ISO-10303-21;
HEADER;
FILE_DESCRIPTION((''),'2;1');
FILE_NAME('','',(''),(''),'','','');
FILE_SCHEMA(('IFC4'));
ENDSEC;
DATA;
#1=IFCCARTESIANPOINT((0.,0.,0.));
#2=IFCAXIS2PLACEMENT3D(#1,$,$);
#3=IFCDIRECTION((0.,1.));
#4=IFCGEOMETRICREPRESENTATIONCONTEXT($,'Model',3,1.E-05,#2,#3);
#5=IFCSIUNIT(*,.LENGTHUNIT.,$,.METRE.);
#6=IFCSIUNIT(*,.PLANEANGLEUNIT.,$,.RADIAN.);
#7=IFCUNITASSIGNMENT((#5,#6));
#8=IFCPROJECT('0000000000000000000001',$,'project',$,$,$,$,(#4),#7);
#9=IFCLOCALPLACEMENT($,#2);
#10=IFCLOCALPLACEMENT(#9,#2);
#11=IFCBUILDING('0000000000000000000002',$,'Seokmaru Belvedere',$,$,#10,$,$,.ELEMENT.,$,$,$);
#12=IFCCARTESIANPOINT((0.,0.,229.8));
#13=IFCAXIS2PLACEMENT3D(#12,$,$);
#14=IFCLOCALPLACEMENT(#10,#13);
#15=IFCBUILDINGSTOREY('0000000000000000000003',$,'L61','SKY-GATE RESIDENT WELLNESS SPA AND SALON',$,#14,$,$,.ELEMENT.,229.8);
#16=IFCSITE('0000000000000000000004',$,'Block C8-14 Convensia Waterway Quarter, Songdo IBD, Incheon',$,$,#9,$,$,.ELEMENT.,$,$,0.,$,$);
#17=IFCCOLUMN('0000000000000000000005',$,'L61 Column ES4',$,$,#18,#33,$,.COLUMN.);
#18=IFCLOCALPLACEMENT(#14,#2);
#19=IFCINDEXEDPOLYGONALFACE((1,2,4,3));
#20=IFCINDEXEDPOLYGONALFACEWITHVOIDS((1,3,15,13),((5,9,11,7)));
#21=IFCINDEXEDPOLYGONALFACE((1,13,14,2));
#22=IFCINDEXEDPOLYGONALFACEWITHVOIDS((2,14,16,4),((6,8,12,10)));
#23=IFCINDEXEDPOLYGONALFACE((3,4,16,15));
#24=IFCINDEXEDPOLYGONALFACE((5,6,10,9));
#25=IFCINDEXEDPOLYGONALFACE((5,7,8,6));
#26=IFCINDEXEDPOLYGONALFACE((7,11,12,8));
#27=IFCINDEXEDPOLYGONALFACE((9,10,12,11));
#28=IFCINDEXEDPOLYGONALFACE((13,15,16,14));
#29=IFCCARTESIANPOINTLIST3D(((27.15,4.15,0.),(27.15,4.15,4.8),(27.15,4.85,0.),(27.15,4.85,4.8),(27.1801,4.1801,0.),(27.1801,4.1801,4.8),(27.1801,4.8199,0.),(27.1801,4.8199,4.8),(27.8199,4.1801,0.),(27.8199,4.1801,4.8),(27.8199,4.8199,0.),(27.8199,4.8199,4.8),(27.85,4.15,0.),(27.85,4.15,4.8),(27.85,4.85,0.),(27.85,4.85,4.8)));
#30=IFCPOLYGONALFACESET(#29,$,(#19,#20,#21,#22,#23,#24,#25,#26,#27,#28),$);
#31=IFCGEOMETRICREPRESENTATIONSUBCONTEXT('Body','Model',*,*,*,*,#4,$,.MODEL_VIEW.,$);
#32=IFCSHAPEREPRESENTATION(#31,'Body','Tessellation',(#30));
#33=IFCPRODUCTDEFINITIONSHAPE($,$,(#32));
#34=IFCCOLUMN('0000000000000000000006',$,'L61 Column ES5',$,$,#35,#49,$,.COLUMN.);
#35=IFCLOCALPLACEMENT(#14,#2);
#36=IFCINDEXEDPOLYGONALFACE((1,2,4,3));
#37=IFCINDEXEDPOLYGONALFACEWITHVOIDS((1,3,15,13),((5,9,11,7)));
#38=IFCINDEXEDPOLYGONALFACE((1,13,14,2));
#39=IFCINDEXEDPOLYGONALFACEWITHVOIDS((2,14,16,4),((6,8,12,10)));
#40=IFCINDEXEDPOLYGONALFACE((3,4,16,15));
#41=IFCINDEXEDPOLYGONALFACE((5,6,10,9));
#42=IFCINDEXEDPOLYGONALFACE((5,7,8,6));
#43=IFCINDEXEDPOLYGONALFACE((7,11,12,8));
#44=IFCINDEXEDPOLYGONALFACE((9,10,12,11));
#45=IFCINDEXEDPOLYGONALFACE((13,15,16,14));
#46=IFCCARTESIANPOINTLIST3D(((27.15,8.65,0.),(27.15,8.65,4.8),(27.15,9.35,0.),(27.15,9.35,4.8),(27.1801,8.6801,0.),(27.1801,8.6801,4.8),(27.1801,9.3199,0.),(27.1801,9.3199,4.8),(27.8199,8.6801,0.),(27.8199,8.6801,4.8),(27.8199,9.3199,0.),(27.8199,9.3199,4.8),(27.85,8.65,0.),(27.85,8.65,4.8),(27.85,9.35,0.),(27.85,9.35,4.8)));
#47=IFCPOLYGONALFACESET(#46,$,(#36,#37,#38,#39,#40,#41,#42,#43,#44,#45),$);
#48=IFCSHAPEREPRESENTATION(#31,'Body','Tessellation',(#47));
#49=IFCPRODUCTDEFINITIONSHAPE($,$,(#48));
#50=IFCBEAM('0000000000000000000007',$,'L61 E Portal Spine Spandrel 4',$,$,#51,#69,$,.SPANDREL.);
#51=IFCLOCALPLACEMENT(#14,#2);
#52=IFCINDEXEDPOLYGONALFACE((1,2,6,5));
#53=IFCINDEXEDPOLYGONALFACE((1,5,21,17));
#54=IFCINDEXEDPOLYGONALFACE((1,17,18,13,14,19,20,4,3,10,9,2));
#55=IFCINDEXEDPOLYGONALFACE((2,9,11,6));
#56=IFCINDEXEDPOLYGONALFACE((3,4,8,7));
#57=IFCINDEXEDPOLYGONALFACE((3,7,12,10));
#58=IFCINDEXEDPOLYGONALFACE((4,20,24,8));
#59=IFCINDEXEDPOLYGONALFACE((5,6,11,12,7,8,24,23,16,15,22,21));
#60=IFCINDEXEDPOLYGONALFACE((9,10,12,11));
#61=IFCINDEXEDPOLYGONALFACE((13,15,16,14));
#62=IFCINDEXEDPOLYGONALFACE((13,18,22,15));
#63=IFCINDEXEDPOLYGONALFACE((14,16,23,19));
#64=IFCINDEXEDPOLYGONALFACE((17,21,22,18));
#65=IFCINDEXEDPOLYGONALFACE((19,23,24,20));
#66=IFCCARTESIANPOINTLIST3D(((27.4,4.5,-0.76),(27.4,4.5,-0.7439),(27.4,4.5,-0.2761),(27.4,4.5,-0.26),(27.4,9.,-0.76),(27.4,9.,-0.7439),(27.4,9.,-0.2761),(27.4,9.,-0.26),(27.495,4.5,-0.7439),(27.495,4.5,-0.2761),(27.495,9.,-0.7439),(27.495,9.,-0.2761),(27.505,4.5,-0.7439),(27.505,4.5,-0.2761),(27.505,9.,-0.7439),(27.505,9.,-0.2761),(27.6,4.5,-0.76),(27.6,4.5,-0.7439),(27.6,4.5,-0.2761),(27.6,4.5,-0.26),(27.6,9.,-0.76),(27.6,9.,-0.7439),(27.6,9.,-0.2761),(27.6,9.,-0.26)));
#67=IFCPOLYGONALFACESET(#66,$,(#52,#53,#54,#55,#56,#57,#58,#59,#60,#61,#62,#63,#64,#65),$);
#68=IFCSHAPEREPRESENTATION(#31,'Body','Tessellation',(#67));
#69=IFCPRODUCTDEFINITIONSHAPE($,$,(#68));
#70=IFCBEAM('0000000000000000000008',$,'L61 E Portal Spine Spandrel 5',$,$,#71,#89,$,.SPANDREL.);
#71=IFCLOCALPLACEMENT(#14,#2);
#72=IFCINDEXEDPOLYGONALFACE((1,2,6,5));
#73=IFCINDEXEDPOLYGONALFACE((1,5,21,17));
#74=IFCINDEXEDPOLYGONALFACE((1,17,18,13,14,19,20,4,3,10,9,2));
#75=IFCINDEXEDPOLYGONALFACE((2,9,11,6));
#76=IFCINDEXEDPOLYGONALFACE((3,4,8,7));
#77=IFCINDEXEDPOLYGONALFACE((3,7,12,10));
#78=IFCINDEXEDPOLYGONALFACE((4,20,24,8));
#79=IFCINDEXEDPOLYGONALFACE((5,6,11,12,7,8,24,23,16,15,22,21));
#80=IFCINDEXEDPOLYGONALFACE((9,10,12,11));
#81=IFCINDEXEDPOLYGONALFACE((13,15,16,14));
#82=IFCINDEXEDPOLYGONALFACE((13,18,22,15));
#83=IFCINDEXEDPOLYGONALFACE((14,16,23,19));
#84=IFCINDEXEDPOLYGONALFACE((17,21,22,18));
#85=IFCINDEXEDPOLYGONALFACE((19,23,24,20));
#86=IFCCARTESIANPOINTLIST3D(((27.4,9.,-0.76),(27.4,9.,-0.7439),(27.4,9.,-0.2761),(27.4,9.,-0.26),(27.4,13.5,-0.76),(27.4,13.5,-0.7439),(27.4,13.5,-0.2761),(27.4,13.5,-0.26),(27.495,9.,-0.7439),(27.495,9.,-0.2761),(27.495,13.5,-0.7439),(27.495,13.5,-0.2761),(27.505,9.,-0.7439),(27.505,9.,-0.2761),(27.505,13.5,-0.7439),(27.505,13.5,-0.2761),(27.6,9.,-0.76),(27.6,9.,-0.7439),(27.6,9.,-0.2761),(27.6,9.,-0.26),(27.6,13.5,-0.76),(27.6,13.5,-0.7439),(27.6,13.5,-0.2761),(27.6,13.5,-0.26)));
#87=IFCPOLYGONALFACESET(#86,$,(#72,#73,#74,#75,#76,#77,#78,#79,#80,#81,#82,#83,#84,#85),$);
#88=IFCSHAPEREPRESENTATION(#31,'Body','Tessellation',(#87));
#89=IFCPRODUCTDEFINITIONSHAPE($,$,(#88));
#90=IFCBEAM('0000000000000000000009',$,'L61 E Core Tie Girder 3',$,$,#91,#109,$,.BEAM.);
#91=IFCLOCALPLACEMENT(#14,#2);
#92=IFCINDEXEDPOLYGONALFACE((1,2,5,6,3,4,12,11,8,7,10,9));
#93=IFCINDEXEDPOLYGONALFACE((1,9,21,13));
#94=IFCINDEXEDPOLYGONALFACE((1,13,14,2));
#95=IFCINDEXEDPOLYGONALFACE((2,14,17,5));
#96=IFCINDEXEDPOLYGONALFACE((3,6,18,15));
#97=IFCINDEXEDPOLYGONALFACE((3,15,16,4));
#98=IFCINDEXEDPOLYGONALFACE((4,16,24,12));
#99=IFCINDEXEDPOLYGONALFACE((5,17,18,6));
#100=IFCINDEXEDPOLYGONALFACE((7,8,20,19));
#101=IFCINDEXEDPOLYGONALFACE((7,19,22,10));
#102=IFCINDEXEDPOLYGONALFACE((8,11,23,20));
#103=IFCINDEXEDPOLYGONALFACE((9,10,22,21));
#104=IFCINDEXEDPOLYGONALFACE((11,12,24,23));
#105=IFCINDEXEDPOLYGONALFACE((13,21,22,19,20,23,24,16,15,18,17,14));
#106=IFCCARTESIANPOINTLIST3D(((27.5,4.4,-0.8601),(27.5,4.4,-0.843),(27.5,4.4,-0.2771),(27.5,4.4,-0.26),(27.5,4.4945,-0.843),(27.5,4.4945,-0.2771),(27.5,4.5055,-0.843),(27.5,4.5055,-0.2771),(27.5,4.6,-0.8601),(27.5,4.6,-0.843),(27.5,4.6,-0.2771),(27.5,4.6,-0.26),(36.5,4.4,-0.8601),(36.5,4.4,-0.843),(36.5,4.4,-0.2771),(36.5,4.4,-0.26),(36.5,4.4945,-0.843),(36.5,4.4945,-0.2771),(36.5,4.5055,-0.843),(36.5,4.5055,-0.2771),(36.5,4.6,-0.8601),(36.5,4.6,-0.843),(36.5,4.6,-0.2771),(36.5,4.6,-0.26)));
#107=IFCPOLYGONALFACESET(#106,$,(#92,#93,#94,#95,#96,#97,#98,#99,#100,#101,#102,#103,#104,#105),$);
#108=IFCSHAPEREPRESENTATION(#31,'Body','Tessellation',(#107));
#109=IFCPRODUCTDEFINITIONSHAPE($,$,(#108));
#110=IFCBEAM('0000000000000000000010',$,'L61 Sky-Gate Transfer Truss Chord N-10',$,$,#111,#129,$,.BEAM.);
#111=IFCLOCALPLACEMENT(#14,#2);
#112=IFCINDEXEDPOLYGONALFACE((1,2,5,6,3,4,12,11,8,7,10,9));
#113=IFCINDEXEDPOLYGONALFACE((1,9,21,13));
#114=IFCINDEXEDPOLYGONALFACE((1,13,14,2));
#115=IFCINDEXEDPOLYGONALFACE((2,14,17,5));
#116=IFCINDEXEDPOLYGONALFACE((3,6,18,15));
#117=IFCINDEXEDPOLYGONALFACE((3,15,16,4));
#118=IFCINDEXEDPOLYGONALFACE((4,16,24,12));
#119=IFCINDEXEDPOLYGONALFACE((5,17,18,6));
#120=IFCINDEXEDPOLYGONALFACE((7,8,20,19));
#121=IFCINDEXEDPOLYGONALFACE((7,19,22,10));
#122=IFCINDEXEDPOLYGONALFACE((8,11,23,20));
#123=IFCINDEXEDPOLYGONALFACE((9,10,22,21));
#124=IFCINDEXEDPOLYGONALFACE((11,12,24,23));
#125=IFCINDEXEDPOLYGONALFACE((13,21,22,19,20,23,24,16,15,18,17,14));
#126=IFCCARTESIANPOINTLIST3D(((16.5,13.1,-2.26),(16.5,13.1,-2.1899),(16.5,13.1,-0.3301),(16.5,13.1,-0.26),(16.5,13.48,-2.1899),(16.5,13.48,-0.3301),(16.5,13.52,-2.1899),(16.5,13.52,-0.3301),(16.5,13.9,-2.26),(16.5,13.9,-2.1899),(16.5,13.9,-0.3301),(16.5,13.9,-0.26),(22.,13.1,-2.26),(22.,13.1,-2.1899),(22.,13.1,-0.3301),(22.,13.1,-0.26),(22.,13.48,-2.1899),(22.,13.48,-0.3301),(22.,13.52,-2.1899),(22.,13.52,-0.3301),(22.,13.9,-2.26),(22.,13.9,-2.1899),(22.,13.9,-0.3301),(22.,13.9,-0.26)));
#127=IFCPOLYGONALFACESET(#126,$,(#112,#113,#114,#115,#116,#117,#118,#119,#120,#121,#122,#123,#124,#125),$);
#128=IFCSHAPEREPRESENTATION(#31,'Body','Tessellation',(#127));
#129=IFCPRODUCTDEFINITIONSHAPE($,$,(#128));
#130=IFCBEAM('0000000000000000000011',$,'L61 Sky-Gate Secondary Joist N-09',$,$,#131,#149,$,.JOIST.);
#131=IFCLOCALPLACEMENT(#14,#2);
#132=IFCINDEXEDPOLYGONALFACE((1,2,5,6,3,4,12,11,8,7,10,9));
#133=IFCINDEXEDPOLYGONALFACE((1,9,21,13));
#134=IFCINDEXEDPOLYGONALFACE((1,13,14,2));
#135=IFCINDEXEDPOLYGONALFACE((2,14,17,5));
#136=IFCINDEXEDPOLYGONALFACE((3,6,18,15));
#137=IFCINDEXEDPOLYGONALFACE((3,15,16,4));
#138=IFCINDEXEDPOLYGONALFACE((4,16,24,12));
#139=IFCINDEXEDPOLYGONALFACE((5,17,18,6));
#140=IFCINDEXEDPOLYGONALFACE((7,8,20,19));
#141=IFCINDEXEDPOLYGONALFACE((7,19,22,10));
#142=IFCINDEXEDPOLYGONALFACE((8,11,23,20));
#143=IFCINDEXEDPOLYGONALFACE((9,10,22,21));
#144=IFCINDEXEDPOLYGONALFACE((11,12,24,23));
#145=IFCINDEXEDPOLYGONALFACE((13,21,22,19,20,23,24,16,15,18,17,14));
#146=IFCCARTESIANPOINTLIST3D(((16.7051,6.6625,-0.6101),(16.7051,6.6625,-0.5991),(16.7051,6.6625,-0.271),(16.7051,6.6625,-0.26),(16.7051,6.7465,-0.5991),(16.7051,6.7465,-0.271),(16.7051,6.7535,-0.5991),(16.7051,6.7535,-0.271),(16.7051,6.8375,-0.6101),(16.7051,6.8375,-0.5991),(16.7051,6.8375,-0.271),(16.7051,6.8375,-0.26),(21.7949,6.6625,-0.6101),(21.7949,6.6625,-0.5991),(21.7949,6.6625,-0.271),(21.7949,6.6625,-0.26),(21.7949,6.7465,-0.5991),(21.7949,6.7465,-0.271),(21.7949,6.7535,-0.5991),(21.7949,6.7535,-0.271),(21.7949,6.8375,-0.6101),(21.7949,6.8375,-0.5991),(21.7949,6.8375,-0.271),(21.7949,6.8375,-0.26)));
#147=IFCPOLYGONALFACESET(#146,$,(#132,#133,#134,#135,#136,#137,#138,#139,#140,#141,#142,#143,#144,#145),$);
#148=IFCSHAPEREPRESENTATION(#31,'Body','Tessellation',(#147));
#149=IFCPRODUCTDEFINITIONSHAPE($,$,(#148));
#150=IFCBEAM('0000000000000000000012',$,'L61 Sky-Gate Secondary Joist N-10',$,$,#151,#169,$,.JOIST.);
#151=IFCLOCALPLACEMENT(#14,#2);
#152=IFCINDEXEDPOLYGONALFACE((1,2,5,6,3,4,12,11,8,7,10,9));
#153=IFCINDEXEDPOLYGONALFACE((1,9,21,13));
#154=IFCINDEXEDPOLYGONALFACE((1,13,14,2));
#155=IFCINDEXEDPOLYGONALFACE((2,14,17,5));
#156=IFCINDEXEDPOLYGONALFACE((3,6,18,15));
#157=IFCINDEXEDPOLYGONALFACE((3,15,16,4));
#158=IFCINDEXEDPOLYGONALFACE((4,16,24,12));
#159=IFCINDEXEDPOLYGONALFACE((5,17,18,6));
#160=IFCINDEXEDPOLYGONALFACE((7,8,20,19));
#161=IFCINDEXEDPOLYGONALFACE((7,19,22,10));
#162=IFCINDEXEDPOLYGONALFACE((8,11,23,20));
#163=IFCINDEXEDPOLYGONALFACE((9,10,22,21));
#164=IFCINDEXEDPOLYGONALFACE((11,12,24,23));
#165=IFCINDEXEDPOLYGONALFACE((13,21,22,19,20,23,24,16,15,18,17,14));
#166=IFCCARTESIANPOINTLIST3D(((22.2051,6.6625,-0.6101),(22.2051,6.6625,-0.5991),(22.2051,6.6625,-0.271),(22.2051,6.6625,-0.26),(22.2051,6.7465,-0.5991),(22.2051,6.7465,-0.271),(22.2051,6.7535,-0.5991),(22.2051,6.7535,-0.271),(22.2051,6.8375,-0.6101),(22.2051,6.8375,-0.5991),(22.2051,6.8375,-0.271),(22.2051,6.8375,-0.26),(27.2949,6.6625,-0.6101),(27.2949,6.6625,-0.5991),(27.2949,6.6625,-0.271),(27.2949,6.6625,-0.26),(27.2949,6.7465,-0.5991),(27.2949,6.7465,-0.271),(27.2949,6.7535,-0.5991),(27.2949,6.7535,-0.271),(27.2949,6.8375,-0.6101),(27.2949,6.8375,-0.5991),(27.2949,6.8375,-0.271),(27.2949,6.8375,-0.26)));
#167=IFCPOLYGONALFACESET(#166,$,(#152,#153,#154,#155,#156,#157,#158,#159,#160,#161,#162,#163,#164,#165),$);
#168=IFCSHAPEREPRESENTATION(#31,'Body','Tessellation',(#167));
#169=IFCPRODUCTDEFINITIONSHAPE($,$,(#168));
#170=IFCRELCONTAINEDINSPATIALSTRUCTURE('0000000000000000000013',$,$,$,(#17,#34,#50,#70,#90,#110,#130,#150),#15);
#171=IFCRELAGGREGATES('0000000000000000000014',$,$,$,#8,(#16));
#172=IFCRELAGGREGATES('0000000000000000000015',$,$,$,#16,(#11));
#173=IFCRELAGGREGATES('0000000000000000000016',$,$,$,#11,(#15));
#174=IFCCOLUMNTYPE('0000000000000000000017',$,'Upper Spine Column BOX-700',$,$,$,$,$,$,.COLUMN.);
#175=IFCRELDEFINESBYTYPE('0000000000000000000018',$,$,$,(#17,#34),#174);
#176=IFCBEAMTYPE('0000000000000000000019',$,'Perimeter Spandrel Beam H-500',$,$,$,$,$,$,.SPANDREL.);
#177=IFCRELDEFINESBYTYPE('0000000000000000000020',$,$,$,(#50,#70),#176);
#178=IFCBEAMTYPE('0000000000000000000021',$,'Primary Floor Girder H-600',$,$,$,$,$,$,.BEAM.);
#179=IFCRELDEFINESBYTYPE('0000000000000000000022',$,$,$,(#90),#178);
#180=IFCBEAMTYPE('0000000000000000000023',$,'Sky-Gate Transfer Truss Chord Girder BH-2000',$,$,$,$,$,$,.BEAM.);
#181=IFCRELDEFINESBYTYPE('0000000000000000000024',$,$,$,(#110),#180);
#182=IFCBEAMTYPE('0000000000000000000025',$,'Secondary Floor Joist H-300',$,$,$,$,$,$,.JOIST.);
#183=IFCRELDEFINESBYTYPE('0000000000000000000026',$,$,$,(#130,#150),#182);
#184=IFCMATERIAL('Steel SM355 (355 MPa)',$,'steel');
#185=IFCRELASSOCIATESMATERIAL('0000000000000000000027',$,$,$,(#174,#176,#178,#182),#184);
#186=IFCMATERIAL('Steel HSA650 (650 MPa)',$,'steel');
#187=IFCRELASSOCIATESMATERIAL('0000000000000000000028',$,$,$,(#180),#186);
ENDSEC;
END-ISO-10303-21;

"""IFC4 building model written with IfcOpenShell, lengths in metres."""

from ifc_helpers import new_model, si_unit, direction, frame, origin, origin_2d, place, context, subcontext, project, spatial, hollow_rectangle, i_section, extrude, source, transform, mapped, material, material_profile, profile_set, type_object, type_shapes, element, save


model = new_model("IFC4")

# Units and contexts
model_context = context("Model", 3, precision=1e-05, world=origin(), true_north=direction((0.0, 1.0)))
body_context = subcontext(model_context, "Body", "Model", "MODEL_VIEW")
ifc_project = project(units=[si_unit("LENGTHUNIT", "METRE"), si_unit("PLANEANGLEUNIT", "RADIAN")], contexts=[model_context])

# Site, building, storey
site_placement = place(None, origin())
site = spatial("IfcSite", under=ifc_project, at=site_placement, Name="Block C8-14 Convensia Waterway Quarter, Songdo IBD, Incheon", CompositionType="ELEMENT", RefElevation=0.0)
building_placement = place(site_placement, origin())
building = spatial("IfcBuilding", under=site, at=building_placement, Name="Seokmaru Belvedere", CompositionType="ELEMENT")
storey_placement = place(building_placement, frame((0.0, 0.0, 229.8)))
storey = spatial("IfcBuildingStorey", under=building, at=storey_placement, Name="L61", Description="SKY-GATE RESIDENT WELLNESS SPA AND SALON", CompositionType="ELEMENT", Elevation=229.8)

# Columns
ifc_material_1 = material(Name="Steel SM355 (355 MPa)", Category="steel")
ifc_material_profile_1 = material_profile(ifc_material_1, hollow_rectangle(XDim=0.7, YDim=0.7, WallThickness=0.03, at=origin_2d()), Name="BOX-700x700x30")
ifc_profile_set_1 = profile_set([ifc_material_profile_1], Name="Steel SM355 (355 MPa)")
column_type = type_object("IfcColumnType", Name="Upper Spine Column BOX-700", PredefinedType="COLUMN", material=ifc_profile_set_1)
shared_shape_1 = source(origin(), body_context, "Body", "SweptSolid", [
    extrude(hollow_rectangle(XDim=0.7, YDim=0.7, WallThickness=0.03, at=origin_2d()), origin(), (0.0, 0.0, 1.0), 4.8),
])
type_shapes(column_type, [shared_shape_1])
for number, where, z_axis, x_axis, name in (
    (1, (27.5, 4.5, 0.0), (0.0, 0.0, 1.0), (1.0, 0.0, 0.0), "L61 Column ES4"),
    (2, (27.5, 9.0, 0.0), (0.0, 0.0, 1.0), (1.0, 0.0, 0.0), "L61 Column ES5"),
):
    element("IfcColumn", number, at=place(storey_placement, frame(where, z_axis=z_axis, x_axis=x_axis)), inside=storey, type_object=column_type, Name=name, PredefinedType="COLUMN", context=body_context, shape_type="MappedRepresentation", body=[
        mapped(shared_shape_1, transform((0.0, 0.0, 0.0), scale=1.0)),
    ])

# Beams
ifc_material_profile_2 = material_profile(ifc_material_1, i_section(OverallWidth=0.2, OverallDepth=0.5, WebThickness=0.01, FlangeThickness=0.0161, at=origin_2d()), Name="H-500x200x10x16")
ifc_profile_set_2 = profile_set([ifc_material_profile_2], Name="Steel SM355 (355 MPa)")
beam_type_1 = type_object("IfcBeamType", Name="Perimeter Spandrel Beam H-500", PredefinedType="SPANDREL", material=ifc_profile_set_2)
shared_shape_2 = source(origin(), body_context, "Body", "SweptSolid", [
    extrude(i_section(OverallWidth=0.2, OverallDepth=0.5, WebThickness=0.01, FlangeThickness=0.0161, at=origin_2d()), origin(), (0.0, 0.0, 1.0), 4.5),
])
type_shapes(beam_type_1, [shared_shape_2])
for number, where, z_axis, x_axis, name in (
    (3, (27.5, 4.5, -0.51), (0.0, 1.0, 0.0), (-1.0, 0.0, 0.0), "L61 E Portal Spine Spandrel 4"),
    (4, (27.5, 9.0, -0.51), (0.0, 1.0, 0.0), (-1.0, 0.0, 0.0), "L61 E Portal Spine Spandrel 5"),
):
    element("IfcBeam", number, at=place(storey_placement, frame(where, z_axis=z_axis, x_axis=x_axis)), inside=storey, type_object=beam_type_1, Name=name, PredefinedType="SPANDREL", context=body_context, shape_type="MappedRepresentation", body=[
        mapped(shared_shape_2, transform((0.0, 0.0, 0.0), scale=1.0)),
    ])
ifc_material_profile_3 = material_profile(ifc_material_1, i_section(OverallWidth=0.2, OverallDepth=0.6001, WebThickness=0.011, FlangeThickness=0.0171, at=origin_2d()), Name="H-600x200x11x17")
ifc_profile_set_3 = profile_set([ifc_material_profile_3], Name="Steel SM355 (355 MPa)")
beam_type_2 = type_object("IfcBeamType", Name="Primary Floor Girder H-600", PredefinedType="BEAM", material=ifc_profile_set_3)
shared_shape_3 = source(origin(), body_context, "Body", "SweptSolid", [
    extrude(i_section(OverallWidth=0.2, OverallDepth=0.6001, WebThickness=0.011, FlangeThickness=0.0171, at=origin_2d()), origin(), (0.0, 0.0, 1.0), 9.0),
])
type_shapes(beam_type_2, [shared_shape_3])
beam_1_placement = place(storey_placement, frame((27.5, 4.5, -0.5601), z_axis=(1.0, 0.0, 0.0), x_axis=(0.0, 1.0, 0.0)))
element("IfcBeam", 5, at=beam_1_placement, inside=storey, type_object=beam_type_2, Name="L61 E Core Tie Girder 3", PredefinedType="BEAM", context=body_context, shape_type="MappedRepresentation", body=[
    mapped(shared_shape_3, transform((0.0, 0.0, 0.0), scale=1.0)),
])
ifc_material_2 = material(Name="Steel HSA650 (650 MPa)", Category="steel")
ifc_material_profile_4 = material_profile(ifc_material_2, i_section(OverallWidth=0.8, OverallDepth=2.0, WebThickness=0.04, FlangeThickness=0.0701, at=origin_2d()), Name="BH-2000x800x40x70")
ifc_profile_set_4 = profile_set([ifc_material_profile_4], Name="Steel HSA650 (650 MPa)")
beam_type_3 = type_object("IfcBeamType", Name="Sky-Gate Transfer Truss Chord Girder BH-2000", PredefinedType="BEAM", material=ifc_profile_set_4)
shared_shape_4 = source(origin(), body_context, "Body", "SweptSolid", [
    extrude(i_section(OverallWidth=0.8, OverallDepth=2.0, WebThickness=0.04, FlangeThickness=0.0701, at=origin_2d()), origin(), (0.0, 0.0, 1.0), 5.5),
])
type_shapes(beam_type_3, [shared_shape_4])
beam_2_placement = place(storey_placement, frame((16.5, 13.5, -1.26), z_axis=(1.0, 0.0, 0.0), x_axis=(0.0, 1.0, 0.0)))
element("IfcBeam", 6, at=beam_2_placement, inside=storey, type_object=beam_type_3, Name="L61 Sky-Gate Transfer Truss Chord N-10", PredefinedType="BEAM", context=body_context, shape_type="MappedRepresentation", body=[
    mapped(shared_shape_4, transform((0.0, 0.0, 0.0), scale=1.0)),
])
ifc_material_profile_5 = material_profile(ifc_material_1, i_section(OverallWidth=0.175, OverallDepth=0.3501, WebThickness=0.0071, FlangeThickness=0.011, at=origin_2d()), Name="H-350x175x7x11")
ifc_profile_set_5 = profile_set([ifc_material_profile_5], Name="Steel SM355 (355 MPa)")
beam_type_4 = type_object("IfcBeamType", Name="Secondary Floor Joist H-300", PredefinedType="JOIST", material=ifc_profile_set_5)
shared_shape_5 = source(origin(), body_context, "Body", "SweptSolid", [
    extrude(i_section(OverallWidth=0.175, OverallDepth=0.3501, WebThickness=0.0071, FlangeThickness=0.011, at=origin_2d()), origin(), (0.0, 0.0, 1.0), 5.0898),
])
type_shapes(beam_type_4, [shared_shape_5])
for number, where, z_axis, x_axis, name in (
    (7, (16.7051, 6.75, -0.4351), (1.0, 0.0, 0.0), (0.0, 1.0, 0.0), "L61 Sky-Gate Secondary Joist N-09"),
    (8, (22.2051, 6.75, -0.4351), (1.0, 0.0, 0.0), (0.0, 1.0, 0.0), "L61 Sky-Gate Secondary Joist N-10"),
):
    element("IfcBeam", number, at=place(storey_placement, frame(where, z_axis=z_axis, x_axis=x_axis)), inside=storey, type_object=beam_type_4, Name=name, PredefinedType="JOIST", context=body_context, shape_type="MappedRepresentation", body=[
        mapped(shared_shape_5, transform((0.0, 0.0, 0.0), scale=1.0)),
    ])

save(model, "model.ifc")
